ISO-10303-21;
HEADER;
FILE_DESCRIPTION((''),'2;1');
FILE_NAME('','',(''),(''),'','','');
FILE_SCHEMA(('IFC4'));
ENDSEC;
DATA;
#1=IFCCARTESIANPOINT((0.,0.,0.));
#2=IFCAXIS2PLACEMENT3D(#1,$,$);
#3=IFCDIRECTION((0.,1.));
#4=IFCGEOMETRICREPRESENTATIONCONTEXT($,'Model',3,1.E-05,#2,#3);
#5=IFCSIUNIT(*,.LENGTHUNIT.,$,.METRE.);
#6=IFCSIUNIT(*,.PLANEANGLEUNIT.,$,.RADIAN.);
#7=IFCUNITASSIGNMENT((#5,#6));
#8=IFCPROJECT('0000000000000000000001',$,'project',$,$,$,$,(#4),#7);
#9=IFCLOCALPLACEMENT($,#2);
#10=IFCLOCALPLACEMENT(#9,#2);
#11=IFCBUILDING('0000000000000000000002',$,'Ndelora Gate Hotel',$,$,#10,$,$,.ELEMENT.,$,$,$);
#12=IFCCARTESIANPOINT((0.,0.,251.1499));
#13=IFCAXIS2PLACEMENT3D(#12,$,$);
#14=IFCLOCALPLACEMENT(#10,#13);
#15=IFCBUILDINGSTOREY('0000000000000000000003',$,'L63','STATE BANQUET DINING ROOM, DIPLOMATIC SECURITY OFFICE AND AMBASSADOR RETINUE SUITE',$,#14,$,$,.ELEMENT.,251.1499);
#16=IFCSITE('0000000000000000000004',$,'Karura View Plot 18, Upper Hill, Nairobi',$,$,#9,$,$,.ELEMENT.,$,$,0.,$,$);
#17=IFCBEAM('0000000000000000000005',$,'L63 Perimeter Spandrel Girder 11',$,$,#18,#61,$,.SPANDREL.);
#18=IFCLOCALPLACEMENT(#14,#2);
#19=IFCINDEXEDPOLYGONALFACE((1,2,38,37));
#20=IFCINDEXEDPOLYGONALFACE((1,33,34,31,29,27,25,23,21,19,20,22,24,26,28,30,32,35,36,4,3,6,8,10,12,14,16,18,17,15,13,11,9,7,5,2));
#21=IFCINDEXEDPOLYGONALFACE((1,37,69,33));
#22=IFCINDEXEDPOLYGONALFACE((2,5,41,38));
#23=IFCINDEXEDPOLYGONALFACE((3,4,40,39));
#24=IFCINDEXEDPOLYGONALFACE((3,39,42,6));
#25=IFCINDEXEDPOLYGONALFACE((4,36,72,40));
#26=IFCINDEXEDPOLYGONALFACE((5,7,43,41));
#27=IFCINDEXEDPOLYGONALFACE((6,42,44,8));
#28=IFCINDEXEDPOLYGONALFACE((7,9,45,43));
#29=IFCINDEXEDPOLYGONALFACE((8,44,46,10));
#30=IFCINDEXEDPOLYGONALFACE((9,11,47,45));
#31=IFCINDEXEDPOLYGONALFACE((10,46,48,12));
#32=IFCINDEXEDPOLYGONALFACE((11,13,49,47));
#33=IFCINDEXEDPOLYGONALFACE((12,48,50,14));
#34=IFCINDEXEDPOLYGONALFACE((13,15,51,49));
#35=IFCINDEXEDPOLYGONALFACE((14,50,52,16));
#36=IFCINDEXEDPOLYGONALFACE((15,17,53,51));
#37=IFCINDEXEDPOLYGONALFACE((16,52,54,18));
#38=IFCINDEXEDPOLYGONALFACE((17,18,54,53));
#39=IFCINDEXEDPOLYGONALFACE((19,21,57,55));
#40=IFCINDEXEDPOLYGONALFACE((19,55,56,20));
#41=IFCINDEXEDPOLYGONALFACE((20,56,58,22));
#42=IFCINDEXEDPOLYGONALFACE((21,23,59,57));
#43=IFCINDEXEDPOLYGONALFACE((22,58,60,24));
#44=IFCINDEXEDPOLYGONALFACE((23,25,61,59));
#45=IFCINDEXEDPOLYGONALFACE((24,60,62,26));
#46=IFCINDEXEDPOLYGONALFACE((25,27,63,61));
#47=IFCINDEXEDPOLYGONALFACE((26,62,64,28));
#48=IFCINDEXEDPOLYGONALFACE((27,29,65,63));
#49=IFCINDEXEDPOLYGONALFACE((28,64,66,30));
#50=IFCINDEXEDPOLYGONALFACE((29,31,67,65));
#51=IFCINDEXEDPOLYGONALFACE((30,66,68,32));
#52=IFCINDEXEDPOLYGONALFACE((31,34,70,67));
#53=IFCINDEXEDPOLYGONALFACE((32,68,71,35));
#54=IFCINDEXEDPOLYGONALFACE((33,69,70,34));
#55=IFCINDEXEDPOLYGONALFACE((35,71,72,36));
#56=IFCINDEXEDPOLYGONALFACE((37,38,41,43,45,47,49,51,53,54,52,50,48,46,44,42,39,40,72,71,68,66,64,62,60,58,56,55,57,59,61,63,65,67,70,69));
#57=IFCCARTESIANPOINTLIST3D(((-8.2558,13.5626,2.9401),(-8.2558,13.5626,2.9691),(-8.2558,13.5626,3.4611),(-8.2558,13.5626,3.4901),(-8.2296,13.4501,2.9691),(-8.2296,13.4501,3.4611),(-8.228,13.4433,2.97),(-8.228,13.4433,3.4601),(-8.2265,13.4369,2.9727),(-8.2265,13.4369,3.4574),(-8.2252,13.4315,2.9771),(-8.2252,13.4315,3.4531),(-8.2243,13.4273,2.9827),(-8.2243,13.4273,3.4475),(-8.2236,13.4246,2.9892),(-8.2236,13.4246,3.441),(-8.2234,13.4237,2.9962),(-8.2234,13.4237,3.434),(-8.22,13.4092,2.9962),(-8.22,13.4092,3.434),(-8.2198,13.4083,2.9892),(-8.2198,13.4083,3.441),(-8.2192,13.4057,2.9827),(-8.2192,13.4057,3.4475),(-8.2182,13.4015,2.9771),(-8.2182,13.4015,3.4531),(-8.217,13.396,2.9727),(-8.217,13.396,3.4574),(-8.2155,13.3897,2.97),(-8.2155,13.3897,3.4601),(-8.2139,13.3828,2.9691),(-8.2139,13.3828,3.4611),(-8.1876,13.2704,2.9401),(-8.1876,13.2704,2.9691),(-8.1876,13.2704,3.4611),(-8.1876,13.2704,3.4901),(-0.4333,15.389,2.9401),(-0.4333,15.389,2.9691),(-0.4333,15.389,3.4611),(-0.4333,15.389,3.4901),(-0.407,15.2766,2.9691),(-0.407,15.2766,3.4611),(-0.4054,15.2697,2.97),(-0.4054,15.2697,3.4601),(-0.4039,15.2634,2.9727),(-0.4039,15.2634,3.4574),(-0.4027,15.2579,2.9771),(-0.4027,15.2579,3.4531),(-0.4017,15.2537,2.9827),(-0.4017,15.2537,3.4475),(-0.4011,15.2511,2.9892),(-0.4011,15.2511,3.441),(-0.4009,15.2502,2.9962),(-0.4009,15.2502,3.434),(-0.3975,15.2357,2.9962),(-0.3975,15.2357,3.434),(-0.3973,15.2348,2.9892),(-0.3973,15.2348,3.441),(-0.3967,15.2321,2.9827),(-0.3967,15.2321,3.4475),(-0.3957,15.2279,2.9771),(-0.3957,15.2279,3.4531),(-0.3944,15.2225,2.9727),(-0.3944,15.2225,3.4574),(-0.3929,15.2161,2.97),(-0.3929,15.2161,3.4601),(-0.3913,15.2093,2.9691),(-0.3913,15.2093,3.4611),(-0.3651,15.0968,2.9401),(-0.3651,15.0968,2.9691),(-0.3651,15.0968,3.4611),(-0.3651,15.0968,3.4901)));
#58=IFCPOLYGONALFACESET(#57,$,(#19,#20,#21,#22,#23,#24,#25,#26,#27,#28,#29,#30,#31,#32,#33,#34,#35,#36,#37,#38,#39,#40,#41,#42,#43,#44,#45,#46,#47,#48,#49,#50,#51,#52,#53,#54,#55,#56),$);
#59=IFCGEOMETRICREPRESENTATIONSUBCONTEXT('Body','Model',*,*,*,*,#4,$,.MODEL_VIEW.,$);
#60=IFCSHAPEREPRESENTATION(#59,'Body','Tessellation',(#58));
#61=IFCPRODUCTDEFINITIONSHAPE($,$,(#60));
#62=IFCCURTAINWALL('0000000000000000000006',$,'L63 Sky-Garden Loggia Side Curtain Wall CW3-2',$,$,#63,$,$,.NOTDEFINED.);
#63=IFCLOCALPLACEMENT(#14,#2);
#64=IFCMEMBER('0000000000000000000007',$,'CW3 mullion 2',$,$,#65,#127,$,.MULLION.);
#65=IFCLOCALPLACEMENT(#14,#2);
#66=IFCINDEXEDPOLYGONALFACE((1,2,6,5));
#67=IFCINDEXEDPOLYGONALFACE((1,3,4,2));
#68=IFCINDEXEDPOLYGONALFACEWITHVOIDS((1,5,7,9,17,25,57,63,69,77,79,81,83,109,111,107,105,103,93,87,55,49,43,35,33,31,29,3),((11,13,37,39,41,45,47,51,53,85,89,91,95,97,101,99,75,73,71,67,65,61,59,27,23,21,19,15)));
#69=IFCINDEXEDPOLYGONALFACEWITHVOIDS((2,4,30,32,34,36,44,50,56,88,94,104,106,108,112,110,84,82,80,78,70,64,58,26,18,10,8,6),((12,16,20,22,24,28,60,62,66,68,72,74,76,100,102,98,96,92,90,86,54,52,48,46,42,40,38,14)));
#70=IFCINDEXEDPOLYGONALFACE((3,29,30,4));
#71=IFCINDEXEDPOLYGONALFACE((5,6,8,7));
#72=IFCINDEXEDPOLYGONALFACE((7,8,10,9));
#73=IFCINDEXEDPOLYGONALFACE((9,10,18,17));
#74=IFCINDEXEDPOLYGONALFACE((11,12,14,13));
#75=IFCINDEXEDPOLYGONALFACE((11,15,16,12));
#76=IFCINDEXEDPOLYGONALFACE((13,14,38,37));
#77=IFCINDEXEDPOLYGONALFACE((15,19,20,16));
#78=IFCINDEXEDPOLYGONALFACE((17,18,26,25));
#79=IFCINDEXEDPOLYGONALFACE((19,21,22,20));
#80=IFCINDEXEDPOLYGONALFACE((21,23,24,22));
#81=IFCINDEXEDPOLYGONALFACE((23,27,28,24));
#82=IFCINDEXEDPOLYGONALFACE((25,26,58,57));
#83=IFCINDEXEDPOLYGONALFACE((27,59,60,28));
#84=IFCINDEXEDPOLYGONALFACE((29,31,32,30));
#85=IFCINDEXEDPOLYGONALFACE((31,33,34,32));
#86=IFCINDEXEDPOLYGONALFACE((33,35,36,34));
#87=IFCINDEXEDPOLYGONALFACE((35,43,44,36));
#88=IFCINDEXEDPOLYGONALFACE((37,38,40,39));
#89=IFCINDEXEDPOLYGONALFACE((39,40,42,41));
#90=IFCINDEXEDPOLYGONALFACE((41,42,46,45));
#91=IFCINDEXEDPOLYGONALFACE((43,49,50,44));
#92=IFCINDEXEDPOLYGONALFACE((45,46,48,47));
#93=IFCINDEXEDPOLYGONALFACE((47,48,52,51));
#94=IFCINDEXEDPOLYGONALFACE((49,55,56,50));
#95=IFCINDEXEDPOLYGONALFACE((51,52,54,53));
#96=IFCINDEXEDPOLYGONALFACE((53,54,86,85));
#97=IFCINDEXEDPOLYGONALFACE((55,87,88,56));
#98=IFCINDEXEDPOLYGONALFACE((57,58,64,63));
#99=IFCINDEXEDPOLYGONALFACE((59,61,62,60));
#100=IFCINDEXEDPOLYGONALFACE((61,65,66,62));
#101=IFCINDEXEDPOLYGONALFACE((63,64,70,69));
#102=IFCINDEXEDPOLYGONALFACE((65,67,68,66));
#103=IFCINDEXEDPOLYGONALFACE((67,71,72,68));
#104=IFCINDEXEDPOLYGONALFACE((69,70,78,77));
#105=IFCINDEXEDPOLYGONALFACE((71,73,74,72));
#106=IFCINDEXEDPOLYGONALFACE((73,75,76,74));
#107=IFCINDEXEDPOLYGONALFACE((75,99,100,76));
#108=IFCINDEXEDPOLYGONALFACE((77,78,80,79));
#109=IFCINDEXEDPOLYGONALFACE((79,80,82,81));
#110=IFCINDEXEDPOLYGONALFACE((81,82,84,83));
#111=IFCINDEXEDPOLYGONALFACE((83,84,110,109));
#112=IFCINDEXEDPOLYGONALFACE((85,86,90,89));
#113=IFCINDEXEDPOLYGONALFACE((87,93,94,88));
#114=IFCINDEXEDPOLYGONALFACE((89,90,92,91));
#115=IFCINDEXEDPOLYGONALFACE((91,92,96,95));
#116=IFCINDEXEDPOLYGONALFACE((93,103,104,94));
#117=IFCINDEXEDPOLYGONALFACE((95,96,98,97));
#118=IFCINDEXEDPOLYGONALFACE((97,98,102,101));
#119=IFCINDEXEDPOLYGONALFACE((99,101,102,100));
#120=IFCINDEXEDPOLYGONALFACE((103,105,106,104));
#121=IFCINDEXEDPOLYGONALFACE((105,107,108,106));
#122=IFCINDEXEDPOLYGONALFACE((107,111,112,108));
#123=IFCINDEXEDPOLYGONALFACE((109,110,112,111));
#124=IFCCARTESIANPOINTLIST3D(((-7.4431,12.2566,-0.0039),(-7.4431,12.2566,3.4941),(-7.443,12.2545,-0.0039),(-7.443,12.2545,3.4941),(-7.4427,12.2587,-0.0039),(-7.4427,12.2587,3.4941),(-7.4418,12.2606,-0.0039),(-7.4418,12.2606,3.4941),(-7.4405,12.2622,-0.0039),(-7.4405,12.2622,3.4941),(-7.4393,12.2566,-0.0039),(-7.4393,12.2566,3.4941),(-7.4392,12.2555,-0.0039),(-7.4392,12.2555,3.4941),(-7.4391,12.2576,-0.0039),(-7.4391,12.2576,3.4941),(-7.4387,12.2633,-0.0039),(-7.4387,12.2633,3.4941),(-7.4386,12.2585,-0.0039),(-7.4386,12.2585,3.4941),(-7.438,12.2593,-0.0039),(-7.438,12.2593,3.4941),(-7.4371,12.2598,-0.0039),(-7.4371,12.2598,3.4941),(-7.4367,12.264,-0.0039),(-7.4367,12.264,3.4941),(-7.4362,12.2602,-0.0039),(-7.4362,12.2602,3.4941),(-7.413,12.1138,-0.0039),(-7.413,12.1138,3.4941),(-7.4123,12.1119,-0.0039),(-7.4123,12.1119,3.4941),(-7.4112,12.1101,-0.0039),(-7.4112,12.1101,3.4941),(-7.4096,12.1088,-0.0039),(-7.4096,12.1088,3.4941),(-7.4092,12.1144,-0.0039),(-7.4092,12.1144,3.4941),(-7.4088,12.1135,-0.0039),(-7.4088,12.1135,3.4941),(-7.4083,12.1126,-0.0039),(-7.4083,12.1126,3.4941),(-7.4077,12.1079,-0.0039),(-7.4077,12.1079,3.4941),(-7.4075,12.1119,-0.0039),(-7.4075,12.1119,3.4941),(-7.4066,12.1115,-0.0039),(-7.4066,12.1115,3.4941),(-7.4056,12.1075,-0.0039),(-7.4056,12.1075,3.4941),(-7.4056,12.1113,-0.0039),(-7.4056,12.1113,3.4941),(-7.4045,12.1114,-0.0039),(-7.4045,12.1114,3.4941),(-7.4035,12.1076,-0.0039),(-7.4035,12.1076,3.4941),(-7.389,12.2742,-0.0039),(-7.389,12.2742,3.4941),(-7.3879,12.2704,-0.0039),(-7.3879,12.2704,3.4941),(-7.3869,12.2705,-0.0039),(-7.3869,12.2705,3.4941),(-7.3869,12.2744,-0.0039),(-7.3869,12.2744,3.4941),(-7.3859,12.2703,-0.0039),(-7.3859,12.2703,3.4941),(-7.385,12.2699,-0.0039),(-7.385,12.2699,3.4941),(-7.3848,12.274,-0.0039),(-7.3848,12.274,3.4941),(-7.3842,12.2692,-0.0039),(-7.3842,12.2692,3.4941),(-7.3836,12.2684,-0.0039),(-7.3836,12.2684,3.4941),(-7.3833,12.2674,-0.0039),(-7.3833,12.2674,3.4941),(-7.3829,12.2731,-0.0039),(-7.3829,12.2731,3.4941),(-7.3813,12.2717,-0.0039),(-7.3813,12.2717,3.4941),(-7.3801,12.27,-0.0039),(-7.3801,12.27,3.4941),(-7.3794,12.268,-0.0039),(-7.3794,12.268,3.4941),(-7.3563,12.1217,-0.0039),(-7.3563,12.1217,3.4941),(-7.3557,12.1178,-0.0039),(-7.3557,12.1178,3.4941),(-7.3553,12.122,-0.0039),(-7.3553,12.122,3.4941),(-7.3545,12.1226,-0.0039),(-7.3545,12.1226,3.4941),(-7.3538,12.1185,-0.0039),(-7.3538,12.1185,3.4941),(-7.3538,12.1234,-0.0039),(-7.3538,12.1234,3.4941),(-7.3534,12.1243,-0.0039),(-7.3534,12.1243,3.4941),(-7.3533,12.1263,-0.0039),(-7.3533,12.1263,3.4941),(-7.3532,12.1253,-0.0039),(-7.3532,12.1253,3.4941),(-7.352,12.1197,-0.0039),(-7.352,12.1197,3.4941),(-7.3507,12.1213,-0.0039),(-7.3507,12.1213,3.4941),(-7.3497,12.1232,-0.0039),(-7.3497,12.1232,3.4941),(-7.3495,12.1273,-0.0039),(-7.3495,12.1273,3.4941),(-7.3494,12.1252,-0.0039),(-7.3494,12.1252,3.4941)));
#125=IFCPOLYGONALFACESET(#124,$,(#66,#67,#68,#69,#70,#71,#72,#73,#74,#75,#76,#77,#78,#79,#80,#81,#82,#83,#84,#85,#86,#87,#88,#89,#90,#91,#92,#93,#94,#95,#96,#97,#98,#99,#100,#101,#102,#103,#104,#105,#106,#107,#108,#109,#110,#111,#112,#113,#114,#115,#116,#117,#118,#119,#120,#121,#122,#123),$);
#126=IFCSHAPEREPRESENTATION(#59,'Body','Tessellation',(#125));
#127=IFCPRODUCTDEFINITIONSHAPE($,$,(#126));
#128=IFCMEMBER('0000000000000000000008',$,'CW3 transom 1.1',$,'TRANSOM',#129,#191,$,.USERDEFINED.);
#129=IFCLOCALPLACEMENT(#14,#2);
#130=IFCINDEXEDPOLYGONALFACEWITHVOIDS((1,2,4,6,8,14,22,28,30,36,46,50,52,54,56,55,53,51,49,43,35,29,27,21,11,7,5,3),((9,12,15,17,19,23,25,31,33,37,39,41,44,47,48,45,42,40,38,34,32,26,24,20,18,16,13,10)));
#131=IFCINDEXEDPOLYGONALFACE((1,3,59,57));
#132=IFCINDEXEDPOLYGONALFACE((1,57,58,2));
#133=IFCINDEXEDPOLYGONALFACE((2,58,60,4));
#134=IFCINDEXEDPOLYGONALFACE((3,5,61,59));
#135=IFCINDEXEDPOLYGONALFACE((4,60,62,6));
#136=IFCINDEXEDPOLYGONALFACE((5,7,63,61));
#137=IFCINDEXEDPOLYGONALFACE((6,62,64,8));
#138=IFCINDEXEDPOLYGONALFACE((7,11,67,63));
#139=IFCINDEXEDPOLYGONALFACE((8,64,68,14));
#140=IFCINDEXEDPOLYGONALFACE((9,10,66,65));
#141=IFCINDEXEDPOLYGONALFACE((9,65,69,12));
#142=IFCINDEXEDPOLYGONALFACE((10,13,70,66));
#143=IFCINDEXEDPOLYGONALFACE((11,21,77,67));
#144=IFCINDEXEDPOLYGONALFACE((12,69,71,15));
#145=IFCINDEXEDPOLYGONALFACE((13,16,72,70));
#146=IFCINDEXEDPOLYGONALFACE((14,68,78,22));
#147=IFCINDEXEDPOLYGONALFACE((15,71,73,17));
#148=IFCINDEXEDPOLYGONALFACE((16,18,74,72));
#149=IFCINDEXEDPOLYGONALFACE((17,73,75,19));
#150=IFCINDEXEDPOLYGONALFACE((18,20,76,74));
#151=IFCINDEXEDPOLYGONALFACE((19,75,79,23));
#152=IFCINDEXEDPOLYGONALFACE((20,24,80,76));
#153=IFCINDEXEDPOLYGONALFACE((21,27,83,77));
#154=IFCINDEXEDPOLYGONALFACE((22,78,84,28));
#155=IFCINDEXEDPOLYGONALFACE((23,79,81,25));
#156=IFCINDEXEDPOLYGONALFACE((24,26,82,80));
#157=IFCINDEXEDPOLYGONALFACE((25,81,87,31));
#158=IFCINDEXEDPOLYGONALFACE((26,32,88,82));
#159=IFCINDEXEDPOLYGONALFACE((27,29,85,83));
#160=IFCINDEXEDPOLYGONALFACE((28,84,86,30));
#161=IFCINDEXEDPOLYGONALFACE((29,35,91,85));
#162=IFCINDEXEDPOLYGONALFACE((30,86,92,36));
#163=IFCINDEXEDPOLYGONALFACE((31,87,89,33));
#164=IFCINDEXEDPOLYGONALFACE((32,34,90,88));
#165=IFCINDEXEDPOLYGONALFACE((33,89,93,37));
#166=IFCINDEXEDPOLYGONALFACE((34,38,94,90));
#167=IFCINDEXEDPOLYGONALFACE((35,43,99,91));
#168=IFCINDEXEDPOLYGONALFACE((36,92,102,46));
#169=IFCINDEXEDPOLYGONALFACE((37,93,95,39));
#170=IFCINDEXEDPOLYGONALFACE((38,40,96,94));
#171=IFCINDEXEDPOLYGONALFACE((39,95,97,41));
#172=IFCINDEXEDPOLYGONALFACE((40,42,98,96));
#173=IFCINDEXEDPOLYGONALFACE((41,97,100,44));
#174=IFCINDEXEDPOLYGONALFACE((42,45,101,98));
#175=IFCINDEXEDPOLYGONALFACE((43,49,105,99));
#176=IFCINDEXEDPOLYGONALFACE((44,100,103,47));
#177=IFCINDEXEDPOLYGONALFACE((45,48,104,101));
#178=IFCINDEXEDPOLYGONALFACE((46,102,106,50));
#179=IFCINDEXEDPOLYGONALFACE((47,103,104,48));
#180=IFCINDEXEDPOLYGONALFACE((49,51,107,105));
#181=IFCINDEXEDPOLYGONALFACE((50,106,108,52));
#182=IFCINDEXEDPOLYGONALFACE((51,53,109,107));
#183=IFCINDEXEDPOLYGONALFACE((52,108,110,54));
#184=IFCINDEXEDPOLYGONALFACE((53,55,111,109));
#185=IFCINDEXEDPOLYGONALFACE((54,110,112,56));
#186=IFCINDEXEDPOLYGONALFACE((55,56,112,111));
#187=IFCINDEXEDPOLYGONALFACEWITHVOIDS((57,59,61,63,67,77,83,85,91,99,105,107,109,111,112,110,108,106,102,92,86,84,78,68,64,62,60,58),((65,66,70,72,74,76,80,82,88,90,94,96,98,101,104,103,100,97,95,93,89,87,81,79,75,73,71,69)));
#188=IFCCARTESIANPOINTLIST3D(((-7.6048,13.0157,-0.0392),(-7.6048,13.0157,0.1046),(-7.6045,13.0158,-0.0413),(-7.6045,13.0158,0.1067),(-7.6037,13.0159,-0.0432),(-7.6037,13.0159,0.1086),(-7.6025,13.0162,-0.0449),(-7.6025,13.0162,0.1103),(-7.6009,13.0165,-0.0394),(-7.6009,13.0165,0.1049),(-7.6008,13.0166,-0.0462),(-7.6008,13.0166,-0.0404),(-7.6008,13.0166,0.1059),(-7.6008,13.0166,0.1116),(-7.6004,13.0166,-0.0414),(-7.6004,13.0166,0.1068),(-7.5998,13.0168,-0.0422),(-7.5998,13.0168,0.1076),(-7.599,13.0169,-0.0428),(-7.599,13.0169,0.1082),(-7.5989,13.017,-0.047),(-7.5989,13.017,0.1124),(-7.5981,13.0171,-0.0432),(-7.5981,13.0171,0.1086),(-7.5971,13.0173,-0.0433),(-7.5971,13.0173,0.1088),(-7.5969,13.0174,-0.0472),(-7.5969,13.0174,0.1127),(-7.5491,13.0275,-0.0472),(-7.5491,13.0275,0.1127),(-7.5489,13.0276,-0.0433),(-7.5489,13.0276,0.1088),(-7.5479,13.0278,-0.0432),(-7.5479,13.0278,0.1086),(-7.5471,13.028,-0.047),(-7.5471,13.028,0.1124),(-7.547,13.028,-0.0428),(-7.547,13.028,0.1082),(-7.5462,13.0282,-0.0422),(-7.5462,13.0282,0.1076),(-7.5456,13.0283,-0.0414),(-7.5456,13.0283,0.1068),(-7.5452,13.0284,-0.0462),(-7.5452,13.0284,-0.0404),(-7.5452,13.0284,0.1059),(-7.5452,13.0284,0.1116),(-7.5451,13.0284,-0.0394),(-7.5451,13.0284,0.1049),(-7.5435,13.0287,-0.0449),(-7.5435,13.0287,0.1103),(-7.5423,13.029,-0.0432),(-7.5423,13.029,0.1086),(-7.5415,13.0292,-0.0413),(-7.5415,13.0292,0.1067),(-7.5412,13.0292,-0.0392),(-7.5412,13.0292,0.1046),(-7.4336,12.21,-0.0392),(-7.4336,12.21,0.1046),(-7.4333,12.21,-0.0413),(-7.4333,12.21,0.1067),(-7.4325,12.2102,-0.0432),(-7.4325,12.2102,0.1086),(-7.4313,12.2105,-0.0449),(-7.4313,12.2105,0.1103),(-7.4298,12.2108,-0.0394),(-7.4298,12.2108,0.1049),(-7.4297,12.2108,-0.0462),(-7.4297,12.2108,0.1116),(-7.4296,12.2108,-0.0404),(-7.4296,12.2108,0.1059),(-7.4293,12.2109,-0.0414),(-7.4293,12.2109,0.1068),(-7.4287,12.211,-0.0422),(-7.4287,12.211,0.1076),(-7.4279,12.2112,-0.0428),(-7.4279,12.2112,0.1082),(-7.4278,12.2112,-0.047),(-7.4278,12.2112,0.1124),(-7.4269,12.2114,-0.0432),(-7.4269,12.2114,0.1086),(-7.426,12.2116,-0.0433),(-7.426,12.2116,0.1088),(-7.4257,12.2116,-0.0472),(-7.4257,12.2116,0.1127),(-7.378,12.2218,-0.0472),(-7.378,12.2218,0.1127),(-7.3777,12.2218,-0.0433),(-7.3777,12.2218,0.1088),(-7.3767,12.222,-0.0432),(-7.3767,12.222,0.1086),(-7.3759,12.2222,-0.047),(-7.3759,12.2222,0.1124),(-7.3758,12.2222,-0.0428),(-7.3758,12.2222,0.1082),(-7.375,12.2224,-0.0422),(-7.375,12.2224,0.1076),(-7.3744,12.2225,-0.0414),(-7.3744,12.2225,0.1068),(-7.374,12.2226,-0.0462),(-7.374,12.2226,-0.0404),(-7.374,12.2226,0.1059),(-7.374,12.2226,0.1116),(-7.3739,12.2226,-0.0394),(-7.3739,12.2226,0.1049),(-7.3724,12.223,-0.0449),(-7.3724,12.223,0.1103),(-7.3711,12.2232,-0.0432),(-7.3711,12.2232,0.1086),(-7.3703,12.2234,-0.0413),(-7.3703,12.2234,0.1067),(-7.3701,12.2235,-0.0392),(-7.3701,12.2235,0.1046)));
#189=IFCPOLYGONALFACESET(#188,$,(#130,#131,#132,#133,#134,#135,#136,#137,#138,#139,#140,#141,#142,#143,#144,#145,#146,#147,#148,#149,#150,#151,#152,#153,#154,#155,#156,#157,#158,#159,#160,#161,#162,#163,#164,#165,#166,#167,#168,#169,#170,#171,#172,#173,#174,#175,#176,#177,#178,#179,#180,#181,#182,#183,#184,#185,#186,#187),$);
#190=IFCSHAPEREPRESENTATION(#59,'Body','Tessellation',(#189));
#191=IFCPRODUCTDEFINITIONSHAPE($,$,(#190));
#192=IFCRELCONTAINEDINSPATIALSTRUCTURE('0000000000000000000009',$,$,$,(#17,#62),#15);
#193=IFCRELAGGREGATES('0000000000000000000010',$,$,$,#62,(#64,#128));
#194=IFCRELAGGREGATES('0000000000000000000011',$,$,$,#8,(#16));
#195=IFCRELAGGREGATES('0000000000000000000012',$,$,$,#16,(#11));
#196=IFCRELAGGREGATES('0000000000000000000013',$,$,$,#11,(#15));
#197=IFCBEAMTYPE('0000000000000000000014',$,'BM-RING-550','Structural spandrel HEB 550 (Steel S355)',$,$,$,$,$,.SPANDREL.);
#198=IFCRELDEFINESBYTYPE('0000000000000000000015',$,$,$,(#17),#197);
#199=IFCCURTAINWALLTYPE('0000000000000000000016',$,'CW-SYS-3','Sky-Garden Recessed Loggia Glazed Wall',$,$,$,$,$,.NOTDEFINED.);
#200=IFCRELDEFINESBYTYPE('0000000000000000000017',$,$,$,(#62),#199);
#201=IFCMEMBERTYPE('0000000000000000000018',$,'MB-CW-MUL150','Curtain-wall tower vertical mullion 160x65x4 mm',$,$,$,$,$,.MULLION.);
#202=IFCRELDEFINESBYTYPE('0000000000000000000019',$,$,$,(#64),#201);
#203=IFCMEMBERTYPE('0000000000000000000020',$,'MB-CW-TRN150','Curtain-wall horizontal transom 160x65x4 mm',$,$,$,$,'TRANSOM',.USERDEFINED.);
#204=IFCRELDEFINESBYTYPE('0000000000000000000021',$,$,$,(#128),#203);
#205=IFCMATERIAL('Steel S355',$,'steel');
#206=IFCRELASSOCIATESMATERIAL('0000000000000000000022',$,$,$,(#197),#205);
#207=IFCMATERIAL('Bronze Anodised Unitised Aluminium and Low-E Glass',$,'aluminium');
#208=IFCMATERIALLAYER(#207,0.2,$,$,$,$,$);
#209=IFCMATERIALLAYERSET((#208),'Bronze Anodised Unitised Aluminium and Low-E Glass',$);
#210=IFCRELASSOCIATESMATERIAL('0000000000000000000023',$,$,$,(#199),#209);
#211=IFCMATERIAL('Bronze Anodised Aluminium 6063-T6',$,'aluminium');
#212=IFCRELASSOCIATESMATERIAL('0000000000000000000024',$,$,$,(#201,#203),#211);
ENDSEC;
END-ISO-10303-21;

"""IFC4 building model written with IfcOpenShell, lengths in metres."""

from ifc_helpers import new_model, si_unit, direction, frame, origin, origin_2d, place, context, subcontext, project, spatial, hollow_rectangle, i_section, extrude, material, layer, layer_set, material_profile, profile_set, type_object, element, aggregate, save


model = new_model("IFC4")

# Units and contexts
model_context = context("Model", 3, precision=1e-05, world=origin(), true_north=direction((0.0, 1.0)))
body_context = subcontext(model_context, "Body", "Model", "MODEL_VIEW")
ifc_project = project(units=[si_unit("LENGTHUNIT", "METRE"), si_unit("PLANEANGLEUNIT", "RADIAN")], contexts=[model_context])

# Site, building, storey
site_placement = place(None, origin())
site = spatial("IfcSite", under=ifc_project, at=site_placement, Name="Karura View Plot 18, Upper Hill, Nairobi", CompositionType="ELEMENT", RefElevation=0.0)
building_placement = place(site_placement, origin())
building = spatial("IfcBuilding", under=site, at=building_placement, Name="Ndelora Gate Hotel", CompositionType="ELEMENT")
storey_placement = place(building_placement, frame((0.0, 0.0, 251.1499)))
storey = spatial("IfcBuildingStorey", under=building, at=storey_placement, Name="L63", Description="STATE BANQUET DINING ROOM, DIPLOMATIC SECURITY OFFICE AND AMBASSADOR RETINUE SUITE", CompositionType="ELEMENT", Elevation=251.1499)

# Beam
ifc_material_1 = material(Name="Steel S355", Category="steel")
ifc_material_profile_1 = material_profile(ifc_material_1, i_section(OverallWidth=0.3, OverallDepth=0.55, WebThickness=0.0149, FlangeThickness=0.0291, FilletRadius=0.0271, at=origin_2d()), Name="HEB 550")
ifc_profile_set_1 = profile_set([ifc_material_profile_1], Name="Steel S355")
beam_type_1 = type_object("IfcBeamType", Name="BM-RING-550", Description="Structural spandrel HEB 550 (Steel S355)", PredefinedType="SPANDREL", material=ifc_profile_set_1)
beam_1_placement = place(storey_placement, frame((-0.3992, 15.2429, 3.2151), z_axis=(-0.973809, -0.227367, 0.0), x_axis=(0.227367, -0.973809, 0.0)))
element("IfcBeam", 1, at=beam_1_placement, inside=storey, type_object=beam_type_1, Name="L63 Perimeter Spandrel Girder 11", PredefinedType="SPANDREL", context=body_context, shape_type="SweptSolid", body=[
    extrude(i_section(OverallWidth=0.3, OverallDepth=0.55, WebThickness=0.0149, FlangeThickness=0.0291, FilletRadius=0.0271, at=origin_2d()), origin(), (0.0, 0.0, 1.0), 8.033),
])

# Curtain wall, members
ifc_material_2 = material(Name="Bronze Anodised Unitised Aluminium and Low-E Glass", Category="aluminium")
ifc_layer_1 = layer(ifc_material_2, 0.2)
ifc_layer_set_1 = layer_set([ifc_layer_1], Name="Bronze Anodised Unitised Aluminium and Low-E Glass")
curtain_wall_type = type_object("IfcCurtainWallType", Name="CW-SYS-3", Description="Sky-Garden Recessed Loggia Glazed Wall", PredefinedType="NOTDEFINED", material=ifc_layer_set_1)
curtain_wall_placement = place(storey_placement, origin())
curtain_wall = element("IfcCurtainWall", 2, at=curtain_wall_placement, inside=storey, type_object=curtain_wall_type, Name="L63 Sky-Garden Loggia Side Curtain Wall CW3-2", PredefinedType="NOTDEFINED")
ifc_material_3 = material(Name="Bronze Anodised Aluminium 6063-T6", Category="aluminium")
ifc_material_profile_2 = material_profile(ifc_material_3, hollow_rectangle(XDim=0.0649, YDim=0.1599, WallThickness=0.0039, InnerFilletRadius=0.0039, OuterFilletRadius=0.0081, at=origin_2d()), Name="ALU 160x65x4")
ifc_profile_set_2 = profile_set([ifc_material_profile_2], Name="Bronze Anodised Aluminium 6063-T6")
member_type_1 = type_object("IfcMemberType", Name="MB-CW-MUL150", Description="Curtain-wall tower vertical mullion 160x65x4 mm", PredefinedType="MULLION", material=ifc_profile_set_2)
member_1_placement = place(storey_placement, frame((-7.3962, 12.1909, -0.0039), z_axis=(0.0, 0.0, 1.0), x_axis=(0.97814, 0.207948, 0.0)))
member_1 = element("IfcMember", 3, at=member_1_placement, type_object=member_type_1, Name="CW3 mullion 2", PredefinedType="MULLION", context=body_context, shape_type="SweptSolid", body=[
    extrude(hollow_rectangle(XDim=0.0649, YDim=0.1599, WallThickness=0.0039, InnerFilletRadius=0.0039, OuterFilletRadius=0.0081, at=origin_2d()), origin(), (0.0, 0.0, 1.0), 3.498),
])
ifc_material_profile_3 = material_profile(ifc_material_3, hollow_rectangle(XDim=0.0649, YDim=0.1599, WallThickness=0.0039, InnerFilletRadius=0.0039, OuterFilletRadius=0.0081, at=origin_2d()), Name="ALU 160x65x4")
ifc_profile_set_3 = profile_set([ifc_material_profile_3], Name="Bronze Anodised Aluminium 6063-T6")
member_type_2 = type_object("IfcMemberType", Name="MB-CW-TRN150", Description="Curtain-wall horizontal transom 160x65x4 mm", ElementType="TRANSOM", PredefinedType="USERDEFINED", material=ifc_profile_set_3)
member_2_placement = place(storey_placement, frame((-7.573, 13.0225, 0.0327), z_axis=(0.207788, -0.978174, 0.0), x_axis=(0.978174, 0.207788, 0.0)))
member_2 = element("IfcMember", 4, at=member_2_placement, type_object=member_type_2, Name="CW3 transom 1.1", ObjectType="TRANSOM", PredefinedType="USERDEFINED", context=body_context, shape_type="SweptSolid", body=[
    extrude(hollow_rectangle(XDim=0.0649, YDim=0.1599, WallThickness=0.0039, InnerFilletRadius=0.0039, OuterFilletRadius=0.0081, at=origin_2d()), origin(), (0.0, 0.0, 1.0), 0.8237),
])
aggregate(curtain_wall, [member_1, member_2])

save(model, "model.ifc")
